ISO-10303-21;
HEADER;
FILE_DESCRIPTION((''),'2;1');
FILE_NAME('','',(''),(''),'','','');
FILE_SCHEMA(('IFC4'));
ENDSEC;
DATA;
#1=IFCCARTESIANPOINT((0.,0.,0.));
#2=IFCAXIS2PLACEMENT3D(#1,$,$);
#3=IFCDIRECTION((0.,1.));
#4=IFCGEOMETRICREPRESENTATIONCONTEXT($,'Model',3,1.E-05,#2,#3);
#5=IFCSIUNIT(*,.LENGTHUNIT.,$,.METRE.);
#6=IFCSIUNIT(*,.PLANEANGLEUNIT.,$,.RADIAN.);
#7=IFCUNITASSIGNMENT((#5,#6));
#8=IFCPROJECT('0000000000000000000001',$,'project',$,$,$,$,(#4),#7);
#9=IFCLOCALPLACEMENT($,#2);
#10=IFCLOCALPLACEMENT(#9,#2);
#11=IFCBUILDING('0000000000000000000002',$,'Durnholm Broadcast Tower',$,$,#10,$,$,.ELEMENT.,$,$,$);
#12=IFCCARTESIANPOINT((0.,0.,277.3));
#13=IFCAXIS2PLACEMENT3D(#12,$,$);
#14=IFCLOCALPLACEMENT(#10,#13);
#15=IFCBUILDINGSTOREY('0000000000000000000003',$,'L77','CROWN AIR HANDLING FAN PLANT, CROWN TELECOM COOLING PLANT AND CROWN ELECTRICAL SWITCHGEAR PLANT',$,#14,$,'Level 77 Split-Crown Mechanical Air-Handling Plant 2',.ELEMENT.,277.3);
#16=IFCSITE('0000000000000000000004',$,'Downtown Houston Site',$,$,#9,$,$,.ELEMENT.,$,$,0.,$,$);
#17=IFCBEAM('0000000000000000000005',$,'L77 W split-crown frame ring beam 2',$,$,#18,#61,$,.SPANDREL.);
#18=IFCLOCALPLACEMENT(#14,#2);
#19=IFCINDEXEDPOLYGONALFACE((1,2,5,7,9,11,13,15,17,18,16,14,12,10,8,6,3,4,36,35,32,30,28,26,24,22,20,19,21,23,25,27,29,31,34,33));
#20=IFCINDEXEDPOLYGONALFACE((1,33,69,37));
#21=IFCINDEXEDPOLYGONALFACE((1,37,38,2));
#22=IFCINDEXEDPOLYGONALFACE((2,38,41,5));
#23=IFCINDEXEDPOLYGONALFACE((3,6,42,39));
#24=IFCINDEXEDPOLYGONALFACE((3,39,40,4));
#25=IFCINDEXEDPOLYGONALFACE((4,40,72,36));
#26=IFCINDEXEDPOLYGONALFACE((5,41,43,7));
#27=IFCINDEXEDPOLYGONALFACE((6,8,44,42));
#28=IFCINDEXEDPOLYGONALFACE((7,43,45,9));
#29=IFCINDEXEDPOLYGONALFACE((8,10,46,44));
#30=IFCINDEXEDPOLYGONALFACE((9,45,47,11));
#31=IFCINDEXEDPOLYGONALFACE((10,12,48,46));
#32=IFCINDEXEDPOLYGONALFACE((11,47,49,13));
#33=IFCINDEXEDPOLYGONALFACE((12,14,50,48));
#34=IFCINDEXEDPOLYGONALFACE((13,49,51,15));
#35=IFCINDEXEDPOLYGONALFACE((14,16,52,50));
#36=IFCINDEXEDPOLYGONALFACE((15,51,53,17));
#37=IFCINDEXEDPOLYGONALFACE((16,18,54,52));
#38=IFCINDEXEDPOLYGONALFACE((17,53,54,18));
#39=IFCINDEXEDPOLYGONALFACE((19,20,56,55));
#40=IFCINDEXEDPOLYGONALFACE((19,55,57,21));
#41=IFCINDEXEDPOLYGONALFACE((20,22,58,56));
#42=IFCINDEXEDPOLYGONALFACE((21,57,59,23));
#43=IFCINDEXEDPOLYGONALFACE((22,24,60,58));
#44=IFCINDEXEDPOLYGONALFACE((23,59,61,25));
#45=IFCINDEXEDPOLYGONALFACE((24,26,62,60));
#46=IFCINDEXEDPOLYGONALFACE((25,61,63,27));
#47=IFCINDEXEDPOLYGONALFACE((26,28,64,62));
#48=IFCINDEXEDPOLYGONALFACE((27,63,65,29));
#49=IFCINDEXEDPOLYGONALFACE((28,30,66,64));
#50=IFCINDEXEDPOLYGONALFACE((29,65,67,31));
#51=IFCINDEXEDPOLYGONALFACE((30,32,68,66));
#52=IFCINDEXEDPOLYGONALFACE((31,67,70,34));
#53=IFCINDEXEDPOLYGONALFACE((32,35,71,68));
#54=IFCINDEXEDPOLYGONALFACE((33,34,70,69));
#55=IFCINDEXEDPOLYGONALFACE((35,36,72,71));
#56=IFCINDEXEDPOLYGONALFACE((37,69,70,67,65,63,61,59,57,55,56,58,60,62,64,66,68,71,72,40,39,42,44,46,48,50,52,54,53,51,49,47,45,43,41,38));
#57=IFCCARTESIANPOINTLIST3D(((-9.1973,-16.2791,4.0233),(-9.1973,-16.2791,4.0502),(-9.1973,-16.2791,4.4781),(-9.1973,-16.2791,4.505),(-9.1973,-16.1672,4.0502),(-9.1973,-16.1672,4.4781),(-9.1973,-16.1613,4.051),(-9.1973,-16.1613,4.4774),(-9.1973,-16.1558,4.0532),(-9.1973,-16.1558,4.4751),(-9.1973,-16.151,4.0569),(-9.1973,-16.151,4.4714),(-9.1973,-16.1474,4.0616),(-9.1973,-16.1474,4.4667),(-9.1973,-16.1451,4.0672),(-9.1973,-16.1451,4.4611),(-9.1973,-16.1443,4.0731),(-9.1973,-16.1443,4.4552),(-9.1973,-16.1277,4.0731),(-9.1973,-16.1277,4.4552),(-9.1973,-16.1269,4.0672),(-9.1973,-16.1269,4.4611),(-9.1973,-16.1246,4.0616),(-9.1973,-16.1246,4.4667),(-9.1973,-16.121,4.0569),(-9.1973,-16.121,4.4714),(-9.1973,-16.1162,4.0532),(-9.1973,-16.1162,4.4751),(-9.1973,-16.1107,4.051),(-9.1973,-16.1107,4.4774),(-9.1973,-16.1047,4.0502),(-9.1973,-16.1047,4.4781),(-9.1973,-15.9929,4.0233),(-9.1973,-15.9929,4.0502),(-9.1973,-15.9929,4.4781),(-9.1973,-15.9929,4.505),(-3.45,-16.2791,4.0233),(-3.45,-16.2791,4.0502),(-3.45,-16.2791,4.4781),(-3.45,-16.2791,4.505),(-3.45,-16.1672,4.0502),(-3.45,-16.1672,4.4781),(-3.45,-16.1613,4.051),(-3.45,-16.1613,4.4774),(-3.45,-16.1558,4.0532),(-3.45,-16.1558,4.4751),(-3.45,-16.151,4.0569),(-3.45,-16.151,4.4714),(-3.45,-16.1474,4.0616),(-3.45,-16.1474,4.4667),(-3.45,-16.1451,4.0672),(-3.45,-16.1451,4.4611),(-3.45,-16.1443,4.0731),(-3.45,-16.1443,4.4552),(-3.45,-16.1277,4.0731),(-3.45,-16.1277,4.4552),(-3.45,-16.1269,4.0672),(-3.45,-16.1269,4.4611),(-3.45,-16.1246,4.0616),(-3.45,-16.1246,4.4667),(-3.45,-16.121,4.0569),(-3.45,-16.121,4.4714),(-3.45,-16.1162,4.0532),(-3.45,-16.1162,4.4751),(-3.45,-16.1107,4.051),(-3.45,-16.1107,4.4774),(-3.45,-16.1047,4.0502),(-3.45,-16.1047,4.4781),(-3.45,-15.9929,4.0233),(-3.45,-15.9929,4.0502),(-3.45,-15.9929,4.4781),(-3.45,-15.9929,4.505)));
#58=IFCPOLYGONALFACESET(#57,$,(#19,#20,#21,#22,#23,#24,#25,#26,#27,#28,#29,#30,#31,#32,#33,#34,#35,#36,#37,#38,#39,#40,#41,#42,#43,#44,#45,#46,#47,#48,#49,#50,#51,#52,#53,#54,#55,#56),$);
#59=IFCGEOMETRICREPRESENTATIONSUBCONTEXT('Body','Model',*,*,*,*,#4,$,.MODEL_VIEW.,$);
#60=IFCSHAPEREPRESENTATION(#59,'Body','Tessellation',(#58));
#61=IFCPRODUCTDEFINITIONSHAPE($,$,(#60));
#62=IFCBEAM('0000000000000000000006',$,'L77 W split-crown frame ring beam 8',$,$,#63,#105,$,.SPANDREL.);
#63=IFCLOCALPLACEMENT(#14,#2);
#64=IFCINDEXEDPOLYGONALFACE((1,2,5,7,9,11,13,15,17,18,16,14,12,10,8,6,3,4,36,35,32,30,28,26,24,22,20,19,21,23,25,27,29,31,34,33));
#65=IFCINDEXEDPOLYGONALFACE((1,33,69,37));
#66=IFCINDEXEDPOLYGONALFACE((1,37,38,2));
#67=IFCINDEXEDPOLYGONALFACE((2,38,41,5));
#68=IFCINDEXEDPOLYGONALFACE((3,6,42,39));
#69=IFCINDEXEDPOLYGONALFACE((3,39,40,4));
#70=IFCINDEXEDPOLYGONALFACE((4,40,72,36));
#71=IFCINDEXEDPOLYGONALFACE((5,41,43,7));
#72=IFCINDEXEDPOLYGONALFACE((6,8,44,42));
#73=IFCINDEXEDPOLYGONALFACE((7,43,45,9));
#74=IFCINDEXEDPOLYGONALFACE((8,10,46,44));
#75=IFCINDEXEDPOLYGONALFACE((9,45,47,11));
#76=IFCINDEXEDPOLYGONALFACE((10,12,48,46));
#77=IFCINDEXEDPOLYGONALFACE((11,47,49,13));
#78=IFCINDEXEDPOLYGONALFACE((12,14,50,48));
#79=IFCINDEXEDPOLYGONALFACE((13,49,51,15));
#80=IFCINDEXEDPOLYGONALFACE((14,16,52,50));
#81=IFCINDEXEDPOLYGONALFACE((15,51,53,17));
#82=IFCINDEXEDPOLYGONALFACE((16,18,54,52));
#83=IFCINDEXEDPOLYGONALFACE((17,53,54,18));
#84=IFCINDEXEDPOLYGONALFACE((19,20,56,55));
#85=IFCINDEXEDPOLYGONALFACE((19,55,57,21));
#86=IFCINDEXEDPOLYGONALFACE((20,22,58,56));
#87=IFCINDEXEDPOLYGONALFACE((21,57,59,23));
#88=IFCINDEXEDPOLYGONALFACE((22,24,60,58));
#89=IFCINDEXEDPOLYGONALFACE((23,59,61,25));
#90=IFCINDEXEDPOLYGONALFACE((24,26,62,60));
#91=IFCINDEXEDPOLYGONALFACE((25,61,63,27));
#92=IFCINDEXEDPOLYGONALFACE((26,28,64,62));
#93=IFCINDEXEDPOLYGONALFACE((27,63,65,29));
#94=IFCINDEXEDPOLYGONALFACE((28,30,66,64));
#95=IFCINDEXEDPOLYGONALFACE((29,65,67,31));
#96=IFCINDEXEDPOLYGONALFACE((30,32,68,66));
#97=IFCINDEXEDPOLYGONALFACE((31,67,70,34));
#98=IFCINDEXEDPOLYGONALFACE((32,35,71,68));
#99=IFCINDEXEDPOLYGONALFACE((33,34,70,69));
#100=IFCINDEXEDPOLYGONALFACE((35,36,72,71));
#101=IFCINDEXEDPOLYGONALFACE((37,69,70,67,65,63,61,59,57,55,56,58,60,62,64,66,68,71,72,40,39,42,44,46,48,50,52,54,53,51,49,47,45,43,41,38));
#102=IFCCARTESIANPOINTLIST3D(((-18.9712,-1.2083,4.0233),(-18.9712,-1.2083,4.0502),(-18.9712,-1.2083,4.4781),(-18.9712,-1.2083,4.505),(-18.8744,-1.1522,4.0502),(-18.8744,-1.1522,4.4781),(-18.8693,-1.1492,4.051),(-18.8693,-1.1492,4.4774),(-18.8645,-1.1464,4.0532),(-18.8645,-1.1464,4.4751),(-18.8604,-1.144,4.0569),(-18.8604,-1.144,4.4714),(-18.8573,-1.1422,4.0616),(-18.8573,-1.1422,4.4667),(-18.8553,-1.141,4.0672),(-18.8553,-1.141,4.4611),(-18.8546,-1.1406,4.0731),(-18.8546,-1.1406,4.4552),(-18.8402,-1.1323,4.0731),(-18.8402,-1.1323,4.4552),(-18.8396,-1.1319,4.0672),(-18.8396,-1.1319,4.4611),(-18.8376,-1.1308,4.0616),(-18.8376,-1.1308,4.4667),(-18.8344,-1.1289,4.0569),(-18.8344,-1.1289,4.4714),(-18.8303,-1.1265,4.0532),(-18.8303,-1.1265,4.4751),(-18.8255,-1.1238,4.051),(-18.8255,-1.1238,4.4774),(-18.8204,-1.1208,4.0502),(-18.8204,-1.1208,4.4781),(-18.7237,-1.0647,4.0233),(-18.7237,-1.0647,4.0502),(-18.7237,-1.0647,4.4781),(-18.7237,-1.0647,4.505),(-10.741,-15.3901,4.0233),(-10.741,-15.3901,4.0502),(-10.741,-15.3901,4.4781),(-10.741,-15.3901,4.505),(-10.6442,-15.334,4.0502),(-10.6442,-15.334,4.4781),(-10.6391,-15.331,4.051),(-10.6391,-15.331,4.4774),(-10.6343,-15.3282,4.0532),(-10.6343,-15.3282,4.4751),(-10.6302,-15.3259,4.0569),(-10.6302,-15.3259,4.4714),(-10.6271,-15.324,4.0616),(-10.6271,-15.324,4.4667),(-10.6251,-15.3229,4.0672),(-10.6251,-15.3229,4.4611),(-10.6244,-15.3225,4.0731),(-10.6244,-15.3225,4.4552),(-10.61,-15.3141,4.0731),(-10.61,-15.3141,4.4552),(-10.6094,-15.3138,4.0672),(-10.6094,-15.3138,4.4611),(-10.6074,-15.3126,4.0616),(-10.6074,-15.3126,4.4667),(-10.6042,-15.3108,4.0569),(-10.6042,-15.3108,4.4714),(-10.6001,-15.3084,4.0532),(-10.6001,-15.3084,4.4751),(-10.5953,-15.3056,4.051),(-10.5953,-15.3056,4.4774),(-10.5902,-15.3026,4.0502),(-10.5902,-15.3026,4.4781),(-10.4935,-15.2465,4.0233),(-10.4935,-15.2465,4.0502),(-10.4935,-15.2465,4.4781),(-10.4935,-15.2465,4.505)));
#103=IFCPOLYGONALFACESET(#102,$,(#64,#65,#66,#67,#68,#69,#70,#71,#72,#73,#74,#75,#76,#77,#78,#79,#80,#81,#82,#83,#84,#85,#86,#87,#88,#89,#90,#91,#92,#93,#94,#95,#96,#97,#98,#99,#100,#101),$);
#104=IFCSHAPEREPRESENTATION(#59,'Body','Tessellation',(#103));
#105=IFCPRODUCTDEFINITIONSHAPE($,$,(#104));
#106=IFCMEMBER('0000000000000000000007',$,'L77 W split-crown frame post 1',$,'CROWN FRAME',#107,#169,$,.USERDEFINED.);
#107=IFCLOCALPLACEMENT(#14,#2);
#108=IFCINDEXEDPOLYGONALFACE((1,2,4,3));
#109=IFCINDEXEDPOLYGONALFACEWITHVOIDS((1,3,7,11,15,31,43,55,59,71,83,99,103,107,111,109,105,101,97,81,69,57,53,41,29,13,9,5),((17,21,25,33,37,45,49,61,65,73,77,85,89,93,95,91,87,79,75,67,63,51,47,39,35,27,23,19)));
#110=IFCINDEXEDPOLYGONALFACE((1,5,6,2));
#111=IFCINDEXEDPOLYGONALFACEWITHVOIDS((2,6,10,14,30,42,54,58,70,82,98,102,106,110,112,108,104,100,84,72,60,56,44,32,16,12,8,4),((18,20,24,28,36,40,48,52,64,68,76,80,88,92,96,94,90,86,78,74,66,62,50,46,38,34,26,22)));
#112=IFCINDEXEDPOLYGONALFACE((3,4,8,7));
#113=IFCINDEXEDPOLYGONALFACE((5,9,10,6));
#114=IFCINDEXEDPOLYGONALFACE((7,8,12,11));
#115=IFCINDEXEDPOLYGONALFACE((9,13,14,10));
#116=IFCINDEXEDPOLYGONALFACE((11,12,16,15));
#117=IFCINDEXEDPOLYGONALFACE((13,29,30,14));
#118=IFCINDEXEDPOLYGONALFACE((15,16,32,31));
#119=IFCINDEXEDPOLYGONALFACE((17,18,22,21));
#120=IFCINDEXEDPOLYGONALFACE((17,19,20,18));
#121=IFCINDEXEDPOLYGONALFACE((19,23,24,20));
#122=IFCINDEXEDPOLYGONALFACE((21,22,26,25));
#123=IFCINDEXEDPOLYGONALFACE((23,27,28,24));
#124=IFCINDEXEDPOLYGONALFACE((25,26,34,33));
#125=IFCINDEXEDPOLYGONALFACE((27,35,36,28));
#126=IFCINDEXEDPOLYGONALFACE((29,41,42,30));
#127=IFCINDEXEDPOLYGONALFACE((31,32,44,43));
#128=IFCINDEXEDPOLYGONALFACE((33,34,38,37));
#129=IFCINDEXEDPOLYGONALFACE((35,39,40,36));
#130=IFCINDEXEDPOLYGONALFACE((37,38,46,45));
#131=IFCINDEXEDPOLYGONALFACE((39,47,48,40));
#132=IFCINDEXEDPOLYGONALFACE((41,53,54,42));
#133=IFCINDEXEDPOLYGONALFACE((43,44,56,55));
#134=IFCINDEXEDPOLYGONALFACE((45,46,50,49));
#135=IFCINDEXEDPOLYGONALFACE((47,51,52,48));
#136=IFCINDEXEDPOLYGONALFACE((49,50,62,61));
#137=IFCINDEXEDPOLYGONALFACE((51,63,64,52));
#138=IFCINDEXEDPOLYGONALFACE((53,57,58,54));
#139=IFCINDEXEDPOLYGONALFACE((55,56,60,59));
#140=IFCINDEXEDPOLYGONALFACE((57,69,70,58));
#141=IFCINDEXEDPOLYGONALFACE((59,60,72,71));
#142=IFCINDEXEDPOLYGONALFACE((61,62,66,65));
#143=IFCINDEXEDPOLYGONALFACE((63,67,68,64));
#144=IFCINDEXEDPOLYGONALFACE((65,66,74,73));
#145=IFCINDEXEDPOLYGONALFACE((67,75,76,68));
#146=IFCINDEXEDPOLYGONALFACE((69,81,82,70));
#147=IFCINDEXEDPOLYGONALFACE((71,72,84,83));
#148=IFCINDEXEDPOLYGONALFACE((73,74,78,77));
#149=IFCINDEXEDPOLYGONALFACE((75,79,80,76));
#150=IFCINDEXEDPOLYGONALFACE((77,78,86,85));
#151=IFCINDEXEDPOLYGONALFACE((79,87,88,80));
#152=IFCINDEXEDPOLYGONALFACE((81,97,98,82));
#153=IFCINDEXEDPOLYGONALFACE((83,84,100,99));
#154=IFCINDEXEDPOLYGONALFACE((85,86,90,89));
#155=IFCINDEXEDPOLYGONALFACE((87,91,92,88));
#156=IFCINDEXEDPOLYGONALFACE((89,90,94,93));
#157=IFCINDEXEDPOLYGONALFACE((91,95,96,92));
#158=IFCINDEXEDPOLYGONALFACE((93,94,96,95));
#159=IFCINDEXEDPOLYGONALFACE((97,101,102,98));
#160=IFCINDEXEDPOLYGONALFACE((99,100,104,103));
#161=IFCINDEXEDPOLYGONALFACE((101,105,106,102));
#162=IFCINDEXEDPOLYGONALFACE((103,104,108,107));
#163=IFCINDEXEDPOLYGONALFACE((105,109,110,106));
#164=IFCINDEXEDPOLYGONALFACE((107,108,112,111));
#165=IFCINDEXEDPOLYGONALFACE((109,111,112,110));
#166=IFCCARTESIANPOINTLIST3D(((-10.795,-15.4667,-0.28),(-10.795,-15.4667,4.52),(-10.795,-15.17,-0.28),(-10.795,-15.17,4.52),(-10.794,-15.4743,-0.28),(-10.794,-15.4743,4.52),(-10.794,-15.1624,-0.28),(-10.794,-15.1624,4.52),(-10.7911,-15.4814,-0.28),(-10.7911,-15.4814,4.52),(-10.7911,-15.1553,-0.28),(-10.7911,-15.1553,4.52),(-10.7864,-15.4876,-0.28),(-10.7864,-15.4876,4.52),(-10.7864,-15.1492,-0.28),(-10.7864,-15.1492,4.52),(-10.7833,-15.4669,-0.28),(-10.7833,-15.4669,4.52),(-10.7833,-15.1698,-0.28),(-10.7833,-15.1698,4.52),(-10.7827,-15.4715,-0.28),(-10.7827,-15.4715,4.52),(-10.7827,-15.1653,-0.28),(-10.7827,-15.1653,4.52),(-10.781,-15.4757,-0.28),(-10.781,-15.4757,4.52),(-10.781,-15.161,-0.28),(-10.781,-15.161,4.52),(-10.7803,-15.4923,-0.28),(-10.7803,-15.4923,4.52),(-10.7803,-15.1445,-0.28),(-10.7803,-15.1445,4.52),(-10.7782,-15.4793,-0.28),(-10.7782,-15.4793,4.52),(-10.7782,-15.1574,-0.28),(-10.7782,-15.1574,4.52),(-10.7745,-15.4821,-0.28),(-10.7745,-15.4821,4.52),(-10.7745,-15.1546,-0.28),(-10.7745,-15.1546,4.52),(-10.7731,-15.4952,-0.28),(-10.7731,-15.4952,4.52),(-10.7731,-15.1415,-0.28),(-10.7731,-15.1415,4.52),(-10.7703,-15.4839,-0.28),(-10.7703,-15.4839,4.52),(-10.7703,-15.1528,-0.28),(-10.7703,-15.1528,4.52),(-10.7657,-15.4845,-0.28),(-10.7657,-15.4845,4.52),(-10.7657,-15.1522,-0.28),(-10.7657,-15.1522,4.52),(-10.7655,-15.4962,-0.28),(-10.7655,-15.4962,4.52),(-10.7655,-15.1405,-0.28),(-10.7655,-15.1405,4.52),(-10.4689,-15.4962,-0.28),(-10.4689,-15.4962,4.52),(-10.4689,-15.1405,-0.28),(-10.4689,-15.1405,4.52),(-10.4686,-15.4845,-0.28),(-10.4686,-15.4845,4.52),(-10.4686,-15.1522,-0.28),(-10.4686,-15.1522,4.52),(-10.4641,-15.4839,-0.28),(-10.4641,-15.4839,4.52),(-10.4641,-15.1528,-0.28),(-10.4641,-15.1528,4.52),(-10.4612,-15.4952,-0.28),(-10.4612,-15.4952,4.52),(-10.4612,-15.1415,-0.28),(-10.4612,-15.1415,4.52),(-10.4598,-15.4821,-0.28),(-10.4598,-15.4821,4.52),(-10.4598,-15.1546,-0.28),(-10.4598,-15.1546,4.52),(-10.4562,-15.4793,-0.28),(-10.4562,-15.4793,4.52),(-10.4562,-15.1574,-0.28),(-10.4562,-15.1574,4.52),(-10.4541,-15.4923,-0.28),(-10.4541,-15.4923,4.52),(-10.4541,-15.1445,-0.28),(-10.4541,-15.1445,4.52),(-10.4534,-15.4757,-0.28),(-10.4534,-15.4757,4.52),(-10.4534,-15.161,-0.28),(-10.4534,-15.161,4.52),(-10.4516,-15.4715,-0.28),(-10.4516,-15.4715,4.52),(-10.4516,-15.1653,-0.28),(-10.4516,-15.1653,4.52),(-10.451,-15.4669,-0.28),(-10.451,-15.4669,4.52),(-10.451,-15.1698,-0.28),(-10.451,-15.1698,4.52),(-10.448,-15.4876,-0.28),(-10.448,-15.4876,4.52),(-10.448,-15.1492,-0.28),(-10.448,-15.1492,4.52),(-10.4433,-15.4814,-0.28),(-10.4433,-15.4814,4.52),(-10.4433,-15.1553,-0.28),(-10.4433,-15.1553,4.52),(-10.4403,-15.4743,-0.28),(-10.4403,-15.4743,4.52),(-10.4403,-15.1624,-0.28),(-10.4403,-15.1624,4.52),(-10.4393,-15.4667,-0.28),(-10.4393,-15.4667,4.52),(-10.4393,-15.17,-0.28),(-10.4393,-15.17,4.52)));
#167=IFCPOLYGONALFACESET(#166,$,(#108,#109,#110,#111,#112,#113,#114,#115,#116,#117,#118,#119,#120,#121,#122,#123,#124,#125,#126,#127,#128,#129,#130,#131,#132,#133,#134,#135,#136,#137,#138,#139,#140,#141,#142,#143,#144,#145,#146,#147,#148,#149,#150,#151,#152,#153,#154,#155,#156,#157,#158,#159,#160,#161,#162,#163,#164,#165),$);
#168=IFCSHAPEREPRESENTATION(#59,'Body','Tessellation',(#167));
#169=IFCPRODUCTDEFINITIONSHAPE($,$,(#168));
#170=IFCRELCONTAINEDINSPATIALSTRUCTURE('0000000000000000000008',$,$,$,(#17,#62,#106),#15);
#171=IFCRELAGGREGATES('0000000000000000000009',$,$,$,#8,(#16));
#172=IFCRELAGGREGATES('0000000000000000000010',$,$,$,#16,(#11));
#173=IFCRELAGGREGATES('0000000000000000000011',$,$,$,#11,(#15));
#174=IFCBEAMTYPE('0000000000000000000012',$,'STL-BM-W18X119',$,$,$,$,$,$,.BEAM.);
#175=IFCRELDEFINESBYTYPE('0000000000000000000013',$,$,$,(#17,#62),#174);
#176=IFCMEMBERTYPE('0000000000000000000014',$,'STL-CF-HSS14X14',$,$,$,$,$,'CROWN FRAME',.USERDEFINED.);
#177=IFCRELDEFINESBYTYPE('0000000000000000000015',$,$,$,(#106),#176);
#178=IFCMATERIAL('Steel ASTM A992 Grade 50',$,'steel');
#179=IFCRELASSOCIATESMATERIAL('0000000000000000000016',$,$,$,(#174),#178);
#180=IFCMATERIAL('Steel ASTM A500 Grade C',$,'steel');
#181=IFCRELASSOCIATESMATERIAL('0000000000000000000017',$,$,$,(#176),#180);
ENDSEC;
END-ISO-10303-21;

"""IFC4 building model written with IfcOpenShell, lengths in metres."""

from ifc_helpers import new_model, si_unit, direction, frame, origin, origin_2d, place, context, subcontext, project, spatial, hollow_rectangle, i_section, extrude, source, transform, mapped, material, material_profile, profile_set, type_object, type_shapes, element, save


model = new_model("IFC4")

# Units and contexts
model_context = context("Model", 3, precision=1e-05, world=origin(), true_north=direction((0.0, 1.0)))
body_context = subcontext(model_context, "Body", "Model", "MODEL_VIEW")
ifc_project = project(units=[si_unit("LENGTHUNIT", "METRE"), si_unit("PLANEANGLEUNIT", "RADIAN")], contexts=[model_context])

# Site, building, storey
site_placement = place(None, origin())
site = spatial("IfcSite", under=ifc_project, at=site_placement, Name="Downtown Houston Site", CompositionType="ELEMENT", RefElevation=0.0)
building_placement = place(site_placement, origin())
building = spatial("IfcBuilding", under=site, at=building_placement, Name="Durnholm Broadcast Tower", CompositionType="ELEMENT")
storey_placement = place(building_placement, frame((0.0, 0.0, 277.3)))
storey = spatial("IfcBuildingStorey", under=building, at=storey_placement, Name="L77", Description="CROWN AIR HANDLING FAN PLANT, CROWN TELECOM COOLING PLANT AND CROWN ELECTRICAL SWITCHGEAR PLANT", LongName="Level 77 Split-Crown Mechanical Air-Handling Plant 2", CompositionType="ELEMENT", Elevation=277.3)

# Shared definitions
ifc_material_1 = material(Name="Steel ASTM A500 Grade C", Category="steel")

# Beams
ifc_material_2 = material(Name="Steel ASTM A992 Grade 50", Category="steel")
ifc_material_profile_1 = material_profile(ifc_material_2, i_section(OverallWidth=0.2861, OverallDepth=0.4817, WebThickness=0.0166, FlangeThickness=0.0269, FilletRadius=0.0229, at=origin_2d()), Name="W18X119")
ifc_profile_set_1 = profile_set([ifc_material_profile_1], Name="Steel ASTM A992 Grade 50")
beam_type_1 = type_object("IfcBeamType", Name="STL-BM-W18X119", PredefinedType="BEAM", material=ifc_profile_set_1)
shared_shape_1 = source(origin(), body_context, "Body", "SweptSolid", [
    extrude(i_section(OverallWidth=0.2861, OverallDepth=0.4817, WebThickness=0.0166, FlangeThickness=0.0269, FilletRadius=0.0229, at=origin_2d()), origin(), (0.0, 0.0, 1.0), 5.7473),
])
beam_1_placement = place(storey_placement, frame((-9.1973, -16.136, 4.2642), z_axis=(1.0, 0.0, 0.0), x_axis=(0.0, 1.0, 0.0)))
element("IfcBeam", 1, at=beam_1_placement, inside=storey, type_object=beam_type_1, Name="L77 W split-crown frame ring beam 2", PredefinedType="SPANDREL", context=body_context, shape_type="MappedRepresentation", body=[
    mapped(shared_shape_1, transform((0.0, 0.0, 0.0), x_axis=(1.0, 0.0, 0.0), y_axis=(0.0, 1.0, 0.0), z_axis=(0.0, 0.0, 1.0), scale=1.0)),
])
shared_shape_2 = source(origin(), body_context, "Body", "SweptSolid", [
    extrude(i_section(OverallWidth=0.2861, OverallDepth=0.4817, WebThickness=0.0166, FlangeThickness=0.0269, FilletRadius=0.0229, at=origin_2d()), origin(), (0.0, 0.0, 1.0), 16.397),
])
beam_2_placement = place(storey_placement, frame((-18.8474, -1.1365, 4.2642), z_axis=(0.501934, -0.864906, 0.0), x_axis=(0.864906, 0.501934, 0.0)))
element("IfcBeam", 2, at=beam_2_placement, inside=storey, type_object=beam_type_1, Name="L77 W split-crown frame ring beam 8", PredefinedType="SPANDREL", context=body_context, shape_type="MappedRepresentation", body=[
    mapped(shared_shape_2, transform((0.0, 0.0, 0.0), x_axis=(1.0, 0.0, 0.0), y_axis=(0.0, 1.0, 0.0), z_axis=(0.0, 0.0, 1.0), scale=1.0)),
])

# Member
ifc_material_profile_2 = material_profile(ifc_material_1, hollow_rectangle(XDim=0.3557, YDim=0.3557, WallThickness=0.0117, InnerFilletRadius=0.0176, OuterFilletRadius=0.0295, at=origin_2d()), Name="HSS14X14X1/2")
ifc_profile_set_2 = profile_set([ifc_material_profile_2], Name="Steel ASTM A500 Grade C")
member_type_1 = type_object("IfcMemberType", Name="STL-CF-HSS14X14", ElementType="CROWN FRAME", PredefinedType="USERDEFINED", material=ifc_profile_set_2)
shared_shape_3 = source(origin(), body_context, "Body", "SweptSolid", [
    extrude(hollow_rectangle(XDim=0.3557, YDim=0.3557, WallThickness=0.0117, InnerFilletRadius=0.0176, OuterFilletRadius=0.0295, at=origin_2d()), origin(), (0.0, 0.0, 1.0), 4.8),
])
type_shapes(member_type_1, [shared_shape_3])
member_placement = place(storey_placement, frame((-10.6172, -15.3184, -0.28), z_axis=(0.0, 0.0, 1.0), x_axis=(1.0, 0.0, 0.0)))
element("IfcMember", 3, at=member_placement, inside=storey, type_object=member_type_1, Name="L77 W split-crown frame post 1", ObjectType="CROWN FRAME", PredefinedType="USERDEFINED", context=body_context, shape_type="MappedRepresentation", body=[
    mapped(shared_shape_3, transform((0.0, 0.0, 0.0), x_axis=(1.0, 0.0, 0.0), y_axis=(0.0, 1.0, 0.0), z_axis=(0.0, 0.0, 1.0), scale=1.0)),
])

save(model, "model.ifc")
